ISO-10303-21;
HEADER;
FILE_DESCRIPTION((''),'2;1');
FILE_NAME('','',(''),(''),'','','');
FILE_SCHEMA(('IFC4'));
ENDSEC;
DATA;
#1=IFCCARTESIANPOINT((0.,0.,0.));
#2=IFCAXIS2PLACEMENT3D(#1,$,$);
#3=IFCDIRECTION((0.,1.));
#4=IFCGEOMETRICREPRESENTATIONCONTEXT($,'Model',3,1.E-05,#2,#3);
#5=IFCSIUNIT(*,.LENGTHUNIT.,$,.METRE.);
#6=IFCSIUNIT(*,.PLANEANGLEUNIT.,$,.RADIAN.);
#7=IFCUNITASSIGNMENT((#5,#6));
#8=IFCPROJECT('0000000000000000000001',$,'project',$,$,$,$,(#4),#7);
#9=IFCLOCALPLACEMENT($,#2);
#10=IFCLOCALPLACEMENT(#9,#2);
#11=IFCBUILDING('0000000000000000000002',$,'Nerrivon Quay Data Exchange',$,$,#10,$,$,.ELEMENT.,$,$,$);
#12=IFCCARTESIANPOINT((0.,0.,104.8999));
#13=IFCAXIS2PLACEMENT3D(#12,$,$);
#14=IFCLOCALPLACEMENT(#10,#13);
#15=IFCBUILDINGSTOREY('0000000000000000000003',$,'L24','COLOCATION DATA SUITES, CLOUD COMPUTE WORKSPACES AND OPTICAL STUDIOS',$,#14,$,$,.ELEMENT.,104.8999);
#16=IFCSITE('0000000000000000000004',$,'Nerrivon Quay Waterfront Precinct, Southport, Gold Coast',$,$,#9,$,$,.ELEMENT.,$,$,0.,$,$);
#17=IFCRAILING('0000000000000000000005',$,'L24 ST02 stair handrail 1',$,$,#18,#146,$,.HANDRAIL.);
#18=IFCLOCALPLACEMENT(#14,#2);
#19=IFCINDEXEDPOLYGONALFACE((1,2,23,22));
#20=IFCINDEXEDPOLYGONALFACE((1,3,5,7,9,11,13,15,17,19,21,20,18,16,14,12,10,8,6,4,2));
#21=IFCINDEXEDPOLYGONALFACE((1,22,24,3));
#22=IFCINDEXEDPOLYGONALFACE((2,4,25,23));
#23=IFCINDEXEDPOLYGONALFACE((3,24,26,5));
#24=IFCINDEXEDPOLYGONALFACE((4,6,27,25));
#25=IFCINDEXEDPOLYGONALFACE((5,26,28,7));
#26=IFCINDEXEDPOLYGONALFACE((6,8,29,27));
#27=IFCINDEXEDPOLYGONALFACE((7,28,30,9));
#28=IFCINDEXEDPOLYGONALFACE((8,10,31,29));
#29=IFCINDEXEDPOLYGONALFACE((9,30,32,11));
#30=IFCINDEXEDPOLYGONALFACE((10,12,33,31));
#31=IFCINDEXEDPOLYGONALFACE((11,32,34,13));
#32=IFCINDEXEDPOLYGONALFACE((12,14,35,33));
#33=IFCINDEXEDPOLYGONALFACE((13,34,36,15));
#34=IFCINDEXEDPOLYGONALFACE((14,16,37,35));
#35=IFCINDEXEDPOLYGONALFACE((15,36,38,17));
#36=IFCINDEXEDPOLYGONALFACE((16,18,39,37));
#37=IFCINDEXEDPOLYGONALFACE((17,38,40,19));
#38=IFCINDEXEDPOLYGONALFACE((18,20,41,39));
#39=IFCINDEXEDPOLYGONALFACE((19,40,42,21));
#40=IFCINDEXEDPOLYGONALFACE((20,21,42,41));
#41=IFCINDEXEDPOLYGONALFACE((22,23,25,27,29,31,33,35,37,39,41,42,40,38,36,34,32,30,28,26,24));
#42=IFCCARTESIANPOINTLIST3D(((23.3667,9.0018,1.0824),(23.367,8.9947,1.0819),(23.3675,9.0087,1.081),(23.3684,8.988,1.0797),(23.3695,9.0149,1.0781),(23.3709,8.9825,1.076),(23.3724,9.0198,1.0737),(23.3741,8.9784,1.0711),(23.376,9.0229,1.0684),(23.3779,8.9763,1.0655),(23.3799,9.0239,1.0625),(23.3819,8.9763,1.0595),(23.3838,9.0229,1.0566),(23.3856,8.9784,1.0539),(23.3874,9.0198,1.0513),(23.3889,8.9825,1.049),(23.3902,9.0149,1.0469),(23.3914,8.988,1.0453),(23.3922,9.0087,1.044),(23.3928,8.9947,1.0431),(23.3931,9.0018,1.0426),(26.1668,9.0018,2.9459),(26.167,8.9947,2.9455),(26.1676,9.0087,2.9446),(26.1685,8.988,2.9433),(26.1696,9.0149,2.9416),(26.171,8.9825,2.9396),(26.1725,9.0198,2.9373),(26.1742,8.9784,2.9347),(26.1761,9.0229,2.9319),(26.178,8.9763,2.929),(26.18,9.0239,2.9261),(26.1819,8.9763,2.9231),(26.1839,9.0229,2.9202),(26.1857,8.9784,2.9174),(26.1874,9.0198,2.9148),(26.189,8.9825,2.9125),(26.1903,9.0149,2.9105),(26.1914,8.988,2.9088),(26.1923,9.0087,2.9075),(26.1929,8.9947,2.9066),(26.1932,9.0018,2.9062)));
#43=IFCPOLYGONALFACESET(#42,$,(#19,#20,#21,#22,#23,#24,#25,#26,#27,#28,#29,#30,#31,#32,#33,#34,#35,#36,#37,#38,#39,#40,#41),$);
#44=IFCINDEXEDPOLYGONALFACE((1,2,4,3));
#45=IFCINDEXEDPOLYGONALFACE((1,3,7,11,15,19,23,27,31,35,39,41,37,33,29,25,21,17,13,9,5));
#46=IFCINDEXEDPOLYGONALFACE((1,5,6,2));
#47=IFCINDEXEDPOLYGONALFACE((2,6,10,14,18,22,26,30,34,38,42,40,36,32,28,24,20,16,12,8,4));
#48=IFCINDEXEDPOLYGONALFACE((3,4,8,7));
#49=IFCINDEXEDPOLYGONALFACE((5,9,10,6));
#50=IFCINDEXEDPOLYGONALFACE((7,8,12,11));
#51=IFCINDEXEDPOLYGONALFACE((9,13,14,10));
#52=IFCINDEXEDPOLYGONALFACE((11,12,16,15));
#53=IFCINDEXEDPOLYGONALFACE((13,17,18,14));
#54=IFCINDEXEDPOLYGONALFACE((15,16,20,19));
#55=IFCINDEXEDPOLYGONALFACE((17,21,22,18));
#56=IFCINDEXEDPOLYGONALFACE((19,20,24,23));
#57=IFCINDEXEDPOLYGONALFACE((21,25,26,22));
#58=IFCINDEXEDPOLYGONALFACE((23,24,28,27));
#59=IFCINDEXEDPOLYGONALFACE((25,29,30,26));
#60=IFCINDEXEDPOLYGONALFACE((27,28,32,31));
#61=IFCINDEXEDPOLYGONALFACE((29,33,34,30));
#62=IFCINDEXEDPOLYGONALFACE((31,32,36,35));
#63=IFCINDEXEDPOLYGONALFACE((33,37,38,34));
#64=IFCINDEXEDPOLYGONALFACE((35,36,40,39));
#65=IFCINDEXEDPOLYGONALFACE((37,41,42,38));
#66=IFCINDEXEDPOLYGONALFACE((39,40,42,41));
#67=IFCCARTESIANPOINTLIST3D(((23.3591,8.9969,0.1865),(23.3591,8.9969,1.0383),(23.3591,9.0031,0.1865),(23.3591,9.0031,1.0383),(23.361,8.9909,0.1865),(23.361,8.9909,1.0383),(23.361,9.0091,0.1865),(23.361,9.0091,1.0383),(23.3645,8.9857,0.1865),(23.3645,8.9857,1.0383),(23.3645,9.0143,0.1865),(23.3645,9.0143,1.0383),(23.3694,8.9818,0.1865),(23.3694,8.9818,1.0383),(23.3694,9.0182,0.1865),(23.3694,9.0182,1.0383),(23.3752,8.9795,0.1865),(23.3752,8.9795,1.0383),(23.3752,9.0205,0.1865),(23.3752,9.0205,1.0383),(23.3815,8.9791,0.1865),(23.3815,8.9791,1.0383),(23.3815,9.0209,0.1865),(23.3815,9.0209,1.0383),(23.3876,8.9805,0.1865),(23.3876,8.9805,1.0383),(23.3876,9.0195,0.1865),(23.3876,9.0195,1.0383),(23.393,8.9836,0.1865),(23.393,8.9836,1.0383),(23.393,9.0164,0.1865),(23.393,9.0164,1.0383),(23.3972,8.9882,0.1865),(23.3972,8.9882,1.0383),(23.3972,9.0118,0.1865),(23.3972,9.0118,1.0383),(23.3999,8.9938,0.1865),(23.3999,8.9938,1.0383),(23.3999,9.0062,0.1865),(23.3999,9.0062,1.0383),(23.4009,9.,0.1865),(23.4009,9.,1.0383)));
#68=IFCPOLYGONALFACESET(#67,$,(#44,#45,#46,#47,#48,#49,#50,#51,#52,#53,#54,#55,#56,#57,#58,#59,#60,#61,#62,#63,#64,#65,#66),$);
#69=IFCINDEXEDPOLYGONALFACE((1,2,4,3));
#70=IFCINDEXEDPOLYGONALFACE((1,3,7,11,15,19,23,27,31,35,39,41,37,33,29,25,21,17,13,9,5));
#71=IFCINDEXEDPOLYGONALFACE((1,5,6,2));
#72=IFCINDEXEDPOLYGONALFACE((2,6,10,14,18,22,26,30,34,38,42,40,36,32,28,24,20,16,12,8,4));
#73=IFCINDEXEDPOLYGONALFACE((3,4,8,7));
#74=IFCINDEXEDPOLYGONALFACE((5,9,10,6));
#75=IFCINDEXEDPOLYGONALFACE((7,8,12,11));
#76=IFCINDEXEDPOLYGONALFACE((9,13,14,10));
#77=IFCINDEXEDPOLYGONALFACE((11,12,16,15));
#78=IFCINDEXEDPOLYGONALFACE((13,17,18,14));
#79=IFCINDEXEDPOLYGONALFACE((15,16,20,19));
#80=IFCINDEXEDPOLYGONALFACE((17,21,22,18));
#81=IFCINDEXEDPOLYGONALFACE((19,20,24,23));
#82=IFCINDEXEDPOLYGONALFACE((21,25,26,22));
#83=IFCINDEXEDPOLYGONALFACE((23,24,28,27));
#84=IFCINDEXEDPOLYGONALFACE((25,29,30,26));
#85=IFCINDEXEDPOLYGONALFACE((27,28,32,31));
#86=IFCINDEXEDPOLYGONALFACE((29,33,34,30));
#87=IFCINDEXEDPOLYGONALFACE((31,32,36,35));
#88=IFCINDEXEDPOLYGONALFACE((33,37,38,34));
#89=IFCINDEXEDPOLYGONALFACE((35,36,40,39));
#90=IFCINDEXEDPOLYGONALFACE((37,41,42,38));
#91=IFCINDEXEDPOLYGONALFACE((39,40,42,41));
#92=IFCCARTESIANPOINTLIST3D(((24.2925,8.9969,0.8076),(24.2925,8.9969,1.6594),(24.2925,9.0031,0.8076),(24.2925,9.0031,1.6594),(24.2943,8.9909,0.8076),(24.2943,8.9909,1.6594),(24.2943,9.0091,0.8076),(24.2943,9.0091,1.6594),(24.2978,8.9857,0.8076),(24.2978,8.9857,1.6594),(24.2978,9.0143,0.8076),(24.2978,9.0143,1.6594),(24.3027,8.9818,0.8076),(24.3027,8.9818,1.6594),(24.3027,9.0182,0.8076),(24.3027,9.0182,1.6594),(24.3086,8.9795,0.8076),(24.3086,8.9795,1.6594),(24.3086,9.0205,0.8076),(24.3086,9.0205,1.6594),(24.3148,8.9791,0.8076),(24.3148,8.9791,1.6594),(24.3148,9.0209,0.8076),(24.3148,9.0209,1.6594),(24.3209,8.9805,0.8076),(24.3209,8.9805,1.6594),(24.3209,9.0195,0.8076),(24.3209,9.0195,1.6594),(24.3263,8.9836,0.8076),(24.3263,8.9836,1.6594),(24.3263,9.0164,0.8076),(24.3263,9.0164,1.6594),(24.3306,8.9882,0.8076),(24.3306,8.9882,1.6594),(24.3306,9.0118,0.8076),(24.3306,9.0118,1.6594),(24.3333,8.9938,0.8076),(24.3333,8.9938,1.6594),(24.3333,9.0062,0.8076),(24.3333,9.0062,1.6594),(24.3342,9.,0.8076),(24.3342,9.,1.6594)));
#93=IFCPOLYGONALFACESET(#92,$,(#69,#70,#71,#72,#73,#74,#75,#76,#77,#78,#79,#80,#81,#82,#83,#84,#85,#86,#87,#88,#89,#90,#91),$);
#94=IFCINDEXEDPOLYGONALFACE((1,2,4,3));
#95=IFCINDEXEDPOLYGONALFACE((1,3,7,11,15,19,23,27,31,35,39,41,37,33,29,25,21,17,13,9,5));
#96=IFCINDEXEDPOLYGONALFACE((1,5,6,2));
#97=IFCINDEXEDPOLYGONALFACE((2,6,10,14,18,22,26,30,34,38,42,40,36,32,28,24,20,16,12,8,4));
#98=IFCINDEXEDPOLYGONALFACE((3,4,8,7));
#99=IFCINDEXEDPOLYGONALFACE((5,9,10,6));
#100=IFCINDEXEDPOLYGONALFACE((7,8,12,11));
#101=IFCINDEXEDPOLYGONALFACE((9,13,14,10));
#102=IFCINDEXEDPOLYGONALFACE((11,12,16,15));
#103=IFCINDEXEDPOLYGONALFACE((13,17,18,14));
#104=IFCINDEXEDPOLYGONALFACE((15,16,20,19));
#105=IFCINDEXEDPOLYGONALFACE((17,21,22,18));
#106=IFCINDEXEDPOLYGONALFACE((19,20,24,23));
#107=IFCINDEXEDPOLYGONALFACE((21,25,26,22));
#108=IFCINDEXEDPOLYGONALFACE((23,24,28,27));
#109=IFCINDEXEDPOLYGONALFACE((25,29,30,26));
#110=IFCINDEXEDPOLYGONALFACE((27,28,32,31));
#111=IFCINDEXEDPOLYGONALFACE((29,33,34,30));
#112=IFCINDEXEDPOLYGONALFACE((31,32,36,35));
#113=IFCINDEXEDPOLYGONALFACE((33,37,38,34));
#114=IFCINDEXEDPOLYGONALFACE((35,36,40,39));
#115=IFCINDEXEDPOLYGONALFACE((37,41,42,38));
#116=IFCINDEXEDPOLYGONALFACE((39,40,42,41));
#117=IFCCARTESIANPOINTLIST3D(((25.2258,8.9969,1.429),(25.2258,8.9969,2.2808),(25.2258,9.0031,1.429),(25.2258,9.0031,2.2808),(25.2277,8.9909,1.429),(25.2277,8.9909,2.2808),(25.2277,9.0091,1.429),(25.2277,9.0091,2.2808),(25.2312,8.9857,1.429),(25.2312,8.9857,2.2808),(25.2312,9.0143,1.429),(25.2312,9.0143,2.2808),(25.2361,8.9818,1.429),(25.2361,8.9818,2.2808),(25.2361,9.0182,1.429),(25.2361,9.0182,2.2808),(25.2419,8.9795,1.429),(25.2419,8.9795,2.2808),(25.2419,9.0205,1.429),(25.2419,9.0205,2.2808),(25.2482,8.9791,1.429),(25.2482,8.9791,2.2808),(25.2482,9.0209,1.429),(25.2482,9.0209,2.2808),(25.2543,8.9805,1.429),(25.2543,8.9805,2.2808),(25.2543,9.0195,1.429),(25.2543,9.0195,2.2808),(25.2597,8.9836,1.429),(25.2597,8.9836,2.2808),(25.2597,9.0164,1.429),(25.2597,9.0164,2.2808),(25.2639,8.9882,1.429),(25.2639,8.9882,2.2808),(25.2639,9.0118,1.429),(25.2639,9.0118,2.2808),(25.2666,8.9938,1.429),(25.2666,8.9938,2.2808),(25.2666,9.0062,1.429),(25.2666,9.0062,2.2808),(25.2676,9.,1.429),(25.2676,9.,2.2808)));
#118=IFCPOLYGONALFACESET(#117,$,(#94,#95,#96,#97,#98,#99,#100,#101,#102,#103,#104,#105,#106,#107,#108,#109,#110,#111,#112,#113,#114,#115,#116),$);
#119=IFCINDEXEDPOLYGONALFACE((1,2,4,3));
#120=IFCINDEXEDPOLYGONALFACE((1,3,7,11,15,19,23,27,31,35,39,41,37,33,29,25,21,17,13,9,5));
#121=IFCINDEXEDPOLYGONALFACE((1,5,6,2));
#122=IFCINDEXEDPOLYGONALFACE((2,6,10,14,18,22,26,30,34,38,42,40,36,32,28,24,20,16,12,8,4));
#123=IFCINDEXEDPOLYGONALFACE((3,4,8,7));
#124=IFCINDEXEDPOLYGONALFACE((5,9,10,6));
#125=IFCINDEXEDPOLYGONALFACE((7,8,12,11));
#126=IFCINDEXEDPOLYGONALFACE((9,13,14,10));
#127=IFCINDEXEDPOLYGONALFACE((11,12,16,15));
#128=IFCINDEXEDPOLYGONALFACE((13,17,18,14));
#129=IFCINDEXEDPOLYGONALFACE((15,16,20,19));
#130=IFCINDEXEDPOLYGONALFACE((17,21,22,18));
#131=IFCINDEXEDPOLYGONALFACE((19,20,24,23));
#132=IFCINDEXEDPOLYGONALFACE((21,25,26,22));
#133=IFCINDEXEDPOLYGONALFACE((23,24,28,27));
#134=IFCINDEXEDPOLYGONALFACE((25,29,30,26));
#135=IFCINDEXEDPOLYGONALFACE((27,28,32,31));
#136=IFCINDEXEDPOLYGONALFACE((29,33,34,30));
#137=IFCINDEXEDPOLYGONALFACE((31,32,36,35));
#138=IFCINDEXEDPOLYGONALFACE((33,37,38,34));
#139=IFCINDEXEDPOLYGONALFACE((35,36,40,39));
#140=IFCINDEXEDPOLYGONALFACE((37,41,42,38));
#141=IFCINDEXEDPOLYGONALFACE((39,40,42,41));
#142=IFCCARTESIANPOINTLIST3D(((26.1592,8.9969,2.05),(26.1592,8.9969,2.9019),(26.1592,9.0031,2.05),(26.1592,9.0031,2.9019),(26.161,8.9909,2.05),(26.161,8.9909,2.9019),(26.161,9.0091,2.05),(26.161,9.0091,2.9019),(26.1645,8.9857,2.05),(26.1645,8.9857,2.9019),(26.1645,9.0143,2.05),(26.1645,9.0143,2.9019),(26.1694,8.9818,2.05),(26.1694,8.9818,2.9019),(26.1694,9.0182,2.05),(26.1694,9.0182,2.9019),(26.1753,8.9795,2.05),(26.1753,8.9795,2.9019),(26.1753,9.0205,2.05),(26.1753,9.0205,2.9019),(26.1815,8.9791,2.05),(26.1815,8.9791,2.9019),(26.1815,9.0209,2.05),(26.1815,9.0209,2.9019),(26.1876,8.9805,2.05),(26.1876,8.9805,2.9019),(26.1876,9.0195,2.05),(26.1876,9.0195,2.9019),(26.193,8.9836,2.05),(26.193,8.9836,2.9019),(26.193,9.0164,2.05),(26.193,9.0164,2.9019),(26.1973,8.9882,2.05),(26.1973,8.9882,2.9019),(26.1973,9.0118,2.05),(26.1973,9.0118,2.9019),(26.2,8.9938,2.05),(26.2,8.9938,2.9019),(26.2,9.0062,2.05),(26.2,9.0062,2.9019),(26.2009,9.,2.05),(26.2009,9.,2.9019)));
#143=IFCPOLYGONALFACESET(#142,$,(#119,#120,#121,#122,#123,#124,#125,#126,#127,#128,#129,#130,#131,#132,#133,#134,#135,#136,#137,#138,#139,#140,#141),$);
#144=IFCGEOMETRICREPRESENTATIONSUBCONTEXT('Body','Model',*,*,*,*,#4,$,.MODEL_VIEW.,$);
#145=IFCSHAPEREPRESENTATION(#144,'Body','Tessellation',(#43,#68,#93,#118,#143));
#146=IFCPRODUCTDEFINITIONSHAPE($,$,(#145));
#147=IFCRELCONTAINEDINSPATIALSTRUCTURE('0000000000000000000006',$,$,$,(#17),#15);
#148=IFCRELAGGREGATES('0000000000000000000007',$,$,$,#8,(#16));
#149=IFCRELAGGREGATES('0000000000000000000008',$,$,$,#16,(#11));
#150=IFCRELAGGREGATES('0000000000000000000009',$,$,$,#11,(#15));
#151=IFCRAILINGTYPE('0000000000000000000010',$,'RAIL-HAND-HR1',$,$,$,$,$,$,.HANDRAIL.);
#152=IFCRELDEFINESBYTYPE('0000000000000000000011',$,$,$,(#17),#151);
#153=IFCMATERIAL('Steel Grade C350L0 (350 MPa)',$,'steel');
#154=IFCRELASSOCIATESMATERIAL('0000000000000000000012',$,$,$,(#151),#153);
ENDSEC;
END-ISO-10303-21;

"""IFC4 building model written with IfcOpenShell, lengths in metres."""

from ifc_helpers import new_model, si_unit, direction, frame, origin, origin_2d, place, context, subcontext, project, spatial, circle, extrude, material, type_object, element, save


model = new_model("IFC4")

# Units and contexts
model_context = context("Model", 3, precision=1e-05, world=origin(), true_north=direction((0.0, 1.0)))
body_context = subcontext(model_context, "Body", "Model", "MODEL_VIEW")
ifc_project = project(units=[si_unit("LENGTHUNIT", "METRE"), si_unit("PLANEANGLEUNIT", "RADIAN")], contexts=[model_context])

# Site, building, storey
site_placement = place(None, origin())
site = spatial("IfcSite", under=ifc_project, at=site_placement, Name="Nerrivon Quay Waterfront Precinct, Southport, Gold Coast", CompositionType="ELEMENT", RefElevation=0.0)
building_placement = place(site_placement, origin())
building = spatial("IfcBuilding", under=site, at=building_placement, Name="Nerrivon Quay Data Exchange", CompositionType="ELEMENT")
storey_placement = place(building_placement, frame((0.0, 0.0, 104.8999)))
storey = spatial("IfcBuildingStorey", under=building, at=storey_placement, Name="L24", Description="COLOCATION DATA SUITES, CLOUD COMPUTE WORKSPACES AND OPTICAL STUDIOS", CompositionType="ELEMENT", Elevation=104.8999)

# Railing
ifc_material_1 = material(Name="Steel Grade C350L0 (350 MPa)", Category="steel")
railing_type_1 = type_object("IfcRailingType", Name="RAIL-HAND-HR1", PredefinedType="HANDRAIL", material=ifc_material_1)
railing_1_placement = place(storey_placement, frame((23.3799, 9.0, 0.1865)))
element("IfcRailing", 1, at=railing_1_placement, inside=storey, type_object=railing_type_1, Name="L24 ST02 stair handrail 1", PredefinedType="HANDRAIL", context=body_context, shape_type="SweptSolid", body=[
    extrude(circle(Radius=0.0239, at=origin_2d()), frame((0.0, 0.0, 0.876), z_axis=(0.832486, 0.0, 0.554047), x_axis=(0.0, 1.0, 0.0)), (0.0, 0.0, 1.0), 3.3635),
    extrude(circle(Radius=0.021, at=origin_2d()), origin(), (0.0, 0.0, 1.0), 0.8518),
    extrude(circle(Radius=0.021, at=origin_2d()), frame((0.9333, 0.0, 0.6211)), (0.0, 0.0, 1.0), 0.8518),
    extrude(circle(Radius=0.021, at=origin_2d()), frame((1.8667, 0.0, 1.2424)), (0.0, 0.0, 1.0), 0.8518),
    extrude(circle(Radius=0.021, at=origin_2d()), frame((2.8, 0.0, 1.8635)), (0.0, 0.0, 1.0), 0.8518),
])

save(model, "model.ifc")
